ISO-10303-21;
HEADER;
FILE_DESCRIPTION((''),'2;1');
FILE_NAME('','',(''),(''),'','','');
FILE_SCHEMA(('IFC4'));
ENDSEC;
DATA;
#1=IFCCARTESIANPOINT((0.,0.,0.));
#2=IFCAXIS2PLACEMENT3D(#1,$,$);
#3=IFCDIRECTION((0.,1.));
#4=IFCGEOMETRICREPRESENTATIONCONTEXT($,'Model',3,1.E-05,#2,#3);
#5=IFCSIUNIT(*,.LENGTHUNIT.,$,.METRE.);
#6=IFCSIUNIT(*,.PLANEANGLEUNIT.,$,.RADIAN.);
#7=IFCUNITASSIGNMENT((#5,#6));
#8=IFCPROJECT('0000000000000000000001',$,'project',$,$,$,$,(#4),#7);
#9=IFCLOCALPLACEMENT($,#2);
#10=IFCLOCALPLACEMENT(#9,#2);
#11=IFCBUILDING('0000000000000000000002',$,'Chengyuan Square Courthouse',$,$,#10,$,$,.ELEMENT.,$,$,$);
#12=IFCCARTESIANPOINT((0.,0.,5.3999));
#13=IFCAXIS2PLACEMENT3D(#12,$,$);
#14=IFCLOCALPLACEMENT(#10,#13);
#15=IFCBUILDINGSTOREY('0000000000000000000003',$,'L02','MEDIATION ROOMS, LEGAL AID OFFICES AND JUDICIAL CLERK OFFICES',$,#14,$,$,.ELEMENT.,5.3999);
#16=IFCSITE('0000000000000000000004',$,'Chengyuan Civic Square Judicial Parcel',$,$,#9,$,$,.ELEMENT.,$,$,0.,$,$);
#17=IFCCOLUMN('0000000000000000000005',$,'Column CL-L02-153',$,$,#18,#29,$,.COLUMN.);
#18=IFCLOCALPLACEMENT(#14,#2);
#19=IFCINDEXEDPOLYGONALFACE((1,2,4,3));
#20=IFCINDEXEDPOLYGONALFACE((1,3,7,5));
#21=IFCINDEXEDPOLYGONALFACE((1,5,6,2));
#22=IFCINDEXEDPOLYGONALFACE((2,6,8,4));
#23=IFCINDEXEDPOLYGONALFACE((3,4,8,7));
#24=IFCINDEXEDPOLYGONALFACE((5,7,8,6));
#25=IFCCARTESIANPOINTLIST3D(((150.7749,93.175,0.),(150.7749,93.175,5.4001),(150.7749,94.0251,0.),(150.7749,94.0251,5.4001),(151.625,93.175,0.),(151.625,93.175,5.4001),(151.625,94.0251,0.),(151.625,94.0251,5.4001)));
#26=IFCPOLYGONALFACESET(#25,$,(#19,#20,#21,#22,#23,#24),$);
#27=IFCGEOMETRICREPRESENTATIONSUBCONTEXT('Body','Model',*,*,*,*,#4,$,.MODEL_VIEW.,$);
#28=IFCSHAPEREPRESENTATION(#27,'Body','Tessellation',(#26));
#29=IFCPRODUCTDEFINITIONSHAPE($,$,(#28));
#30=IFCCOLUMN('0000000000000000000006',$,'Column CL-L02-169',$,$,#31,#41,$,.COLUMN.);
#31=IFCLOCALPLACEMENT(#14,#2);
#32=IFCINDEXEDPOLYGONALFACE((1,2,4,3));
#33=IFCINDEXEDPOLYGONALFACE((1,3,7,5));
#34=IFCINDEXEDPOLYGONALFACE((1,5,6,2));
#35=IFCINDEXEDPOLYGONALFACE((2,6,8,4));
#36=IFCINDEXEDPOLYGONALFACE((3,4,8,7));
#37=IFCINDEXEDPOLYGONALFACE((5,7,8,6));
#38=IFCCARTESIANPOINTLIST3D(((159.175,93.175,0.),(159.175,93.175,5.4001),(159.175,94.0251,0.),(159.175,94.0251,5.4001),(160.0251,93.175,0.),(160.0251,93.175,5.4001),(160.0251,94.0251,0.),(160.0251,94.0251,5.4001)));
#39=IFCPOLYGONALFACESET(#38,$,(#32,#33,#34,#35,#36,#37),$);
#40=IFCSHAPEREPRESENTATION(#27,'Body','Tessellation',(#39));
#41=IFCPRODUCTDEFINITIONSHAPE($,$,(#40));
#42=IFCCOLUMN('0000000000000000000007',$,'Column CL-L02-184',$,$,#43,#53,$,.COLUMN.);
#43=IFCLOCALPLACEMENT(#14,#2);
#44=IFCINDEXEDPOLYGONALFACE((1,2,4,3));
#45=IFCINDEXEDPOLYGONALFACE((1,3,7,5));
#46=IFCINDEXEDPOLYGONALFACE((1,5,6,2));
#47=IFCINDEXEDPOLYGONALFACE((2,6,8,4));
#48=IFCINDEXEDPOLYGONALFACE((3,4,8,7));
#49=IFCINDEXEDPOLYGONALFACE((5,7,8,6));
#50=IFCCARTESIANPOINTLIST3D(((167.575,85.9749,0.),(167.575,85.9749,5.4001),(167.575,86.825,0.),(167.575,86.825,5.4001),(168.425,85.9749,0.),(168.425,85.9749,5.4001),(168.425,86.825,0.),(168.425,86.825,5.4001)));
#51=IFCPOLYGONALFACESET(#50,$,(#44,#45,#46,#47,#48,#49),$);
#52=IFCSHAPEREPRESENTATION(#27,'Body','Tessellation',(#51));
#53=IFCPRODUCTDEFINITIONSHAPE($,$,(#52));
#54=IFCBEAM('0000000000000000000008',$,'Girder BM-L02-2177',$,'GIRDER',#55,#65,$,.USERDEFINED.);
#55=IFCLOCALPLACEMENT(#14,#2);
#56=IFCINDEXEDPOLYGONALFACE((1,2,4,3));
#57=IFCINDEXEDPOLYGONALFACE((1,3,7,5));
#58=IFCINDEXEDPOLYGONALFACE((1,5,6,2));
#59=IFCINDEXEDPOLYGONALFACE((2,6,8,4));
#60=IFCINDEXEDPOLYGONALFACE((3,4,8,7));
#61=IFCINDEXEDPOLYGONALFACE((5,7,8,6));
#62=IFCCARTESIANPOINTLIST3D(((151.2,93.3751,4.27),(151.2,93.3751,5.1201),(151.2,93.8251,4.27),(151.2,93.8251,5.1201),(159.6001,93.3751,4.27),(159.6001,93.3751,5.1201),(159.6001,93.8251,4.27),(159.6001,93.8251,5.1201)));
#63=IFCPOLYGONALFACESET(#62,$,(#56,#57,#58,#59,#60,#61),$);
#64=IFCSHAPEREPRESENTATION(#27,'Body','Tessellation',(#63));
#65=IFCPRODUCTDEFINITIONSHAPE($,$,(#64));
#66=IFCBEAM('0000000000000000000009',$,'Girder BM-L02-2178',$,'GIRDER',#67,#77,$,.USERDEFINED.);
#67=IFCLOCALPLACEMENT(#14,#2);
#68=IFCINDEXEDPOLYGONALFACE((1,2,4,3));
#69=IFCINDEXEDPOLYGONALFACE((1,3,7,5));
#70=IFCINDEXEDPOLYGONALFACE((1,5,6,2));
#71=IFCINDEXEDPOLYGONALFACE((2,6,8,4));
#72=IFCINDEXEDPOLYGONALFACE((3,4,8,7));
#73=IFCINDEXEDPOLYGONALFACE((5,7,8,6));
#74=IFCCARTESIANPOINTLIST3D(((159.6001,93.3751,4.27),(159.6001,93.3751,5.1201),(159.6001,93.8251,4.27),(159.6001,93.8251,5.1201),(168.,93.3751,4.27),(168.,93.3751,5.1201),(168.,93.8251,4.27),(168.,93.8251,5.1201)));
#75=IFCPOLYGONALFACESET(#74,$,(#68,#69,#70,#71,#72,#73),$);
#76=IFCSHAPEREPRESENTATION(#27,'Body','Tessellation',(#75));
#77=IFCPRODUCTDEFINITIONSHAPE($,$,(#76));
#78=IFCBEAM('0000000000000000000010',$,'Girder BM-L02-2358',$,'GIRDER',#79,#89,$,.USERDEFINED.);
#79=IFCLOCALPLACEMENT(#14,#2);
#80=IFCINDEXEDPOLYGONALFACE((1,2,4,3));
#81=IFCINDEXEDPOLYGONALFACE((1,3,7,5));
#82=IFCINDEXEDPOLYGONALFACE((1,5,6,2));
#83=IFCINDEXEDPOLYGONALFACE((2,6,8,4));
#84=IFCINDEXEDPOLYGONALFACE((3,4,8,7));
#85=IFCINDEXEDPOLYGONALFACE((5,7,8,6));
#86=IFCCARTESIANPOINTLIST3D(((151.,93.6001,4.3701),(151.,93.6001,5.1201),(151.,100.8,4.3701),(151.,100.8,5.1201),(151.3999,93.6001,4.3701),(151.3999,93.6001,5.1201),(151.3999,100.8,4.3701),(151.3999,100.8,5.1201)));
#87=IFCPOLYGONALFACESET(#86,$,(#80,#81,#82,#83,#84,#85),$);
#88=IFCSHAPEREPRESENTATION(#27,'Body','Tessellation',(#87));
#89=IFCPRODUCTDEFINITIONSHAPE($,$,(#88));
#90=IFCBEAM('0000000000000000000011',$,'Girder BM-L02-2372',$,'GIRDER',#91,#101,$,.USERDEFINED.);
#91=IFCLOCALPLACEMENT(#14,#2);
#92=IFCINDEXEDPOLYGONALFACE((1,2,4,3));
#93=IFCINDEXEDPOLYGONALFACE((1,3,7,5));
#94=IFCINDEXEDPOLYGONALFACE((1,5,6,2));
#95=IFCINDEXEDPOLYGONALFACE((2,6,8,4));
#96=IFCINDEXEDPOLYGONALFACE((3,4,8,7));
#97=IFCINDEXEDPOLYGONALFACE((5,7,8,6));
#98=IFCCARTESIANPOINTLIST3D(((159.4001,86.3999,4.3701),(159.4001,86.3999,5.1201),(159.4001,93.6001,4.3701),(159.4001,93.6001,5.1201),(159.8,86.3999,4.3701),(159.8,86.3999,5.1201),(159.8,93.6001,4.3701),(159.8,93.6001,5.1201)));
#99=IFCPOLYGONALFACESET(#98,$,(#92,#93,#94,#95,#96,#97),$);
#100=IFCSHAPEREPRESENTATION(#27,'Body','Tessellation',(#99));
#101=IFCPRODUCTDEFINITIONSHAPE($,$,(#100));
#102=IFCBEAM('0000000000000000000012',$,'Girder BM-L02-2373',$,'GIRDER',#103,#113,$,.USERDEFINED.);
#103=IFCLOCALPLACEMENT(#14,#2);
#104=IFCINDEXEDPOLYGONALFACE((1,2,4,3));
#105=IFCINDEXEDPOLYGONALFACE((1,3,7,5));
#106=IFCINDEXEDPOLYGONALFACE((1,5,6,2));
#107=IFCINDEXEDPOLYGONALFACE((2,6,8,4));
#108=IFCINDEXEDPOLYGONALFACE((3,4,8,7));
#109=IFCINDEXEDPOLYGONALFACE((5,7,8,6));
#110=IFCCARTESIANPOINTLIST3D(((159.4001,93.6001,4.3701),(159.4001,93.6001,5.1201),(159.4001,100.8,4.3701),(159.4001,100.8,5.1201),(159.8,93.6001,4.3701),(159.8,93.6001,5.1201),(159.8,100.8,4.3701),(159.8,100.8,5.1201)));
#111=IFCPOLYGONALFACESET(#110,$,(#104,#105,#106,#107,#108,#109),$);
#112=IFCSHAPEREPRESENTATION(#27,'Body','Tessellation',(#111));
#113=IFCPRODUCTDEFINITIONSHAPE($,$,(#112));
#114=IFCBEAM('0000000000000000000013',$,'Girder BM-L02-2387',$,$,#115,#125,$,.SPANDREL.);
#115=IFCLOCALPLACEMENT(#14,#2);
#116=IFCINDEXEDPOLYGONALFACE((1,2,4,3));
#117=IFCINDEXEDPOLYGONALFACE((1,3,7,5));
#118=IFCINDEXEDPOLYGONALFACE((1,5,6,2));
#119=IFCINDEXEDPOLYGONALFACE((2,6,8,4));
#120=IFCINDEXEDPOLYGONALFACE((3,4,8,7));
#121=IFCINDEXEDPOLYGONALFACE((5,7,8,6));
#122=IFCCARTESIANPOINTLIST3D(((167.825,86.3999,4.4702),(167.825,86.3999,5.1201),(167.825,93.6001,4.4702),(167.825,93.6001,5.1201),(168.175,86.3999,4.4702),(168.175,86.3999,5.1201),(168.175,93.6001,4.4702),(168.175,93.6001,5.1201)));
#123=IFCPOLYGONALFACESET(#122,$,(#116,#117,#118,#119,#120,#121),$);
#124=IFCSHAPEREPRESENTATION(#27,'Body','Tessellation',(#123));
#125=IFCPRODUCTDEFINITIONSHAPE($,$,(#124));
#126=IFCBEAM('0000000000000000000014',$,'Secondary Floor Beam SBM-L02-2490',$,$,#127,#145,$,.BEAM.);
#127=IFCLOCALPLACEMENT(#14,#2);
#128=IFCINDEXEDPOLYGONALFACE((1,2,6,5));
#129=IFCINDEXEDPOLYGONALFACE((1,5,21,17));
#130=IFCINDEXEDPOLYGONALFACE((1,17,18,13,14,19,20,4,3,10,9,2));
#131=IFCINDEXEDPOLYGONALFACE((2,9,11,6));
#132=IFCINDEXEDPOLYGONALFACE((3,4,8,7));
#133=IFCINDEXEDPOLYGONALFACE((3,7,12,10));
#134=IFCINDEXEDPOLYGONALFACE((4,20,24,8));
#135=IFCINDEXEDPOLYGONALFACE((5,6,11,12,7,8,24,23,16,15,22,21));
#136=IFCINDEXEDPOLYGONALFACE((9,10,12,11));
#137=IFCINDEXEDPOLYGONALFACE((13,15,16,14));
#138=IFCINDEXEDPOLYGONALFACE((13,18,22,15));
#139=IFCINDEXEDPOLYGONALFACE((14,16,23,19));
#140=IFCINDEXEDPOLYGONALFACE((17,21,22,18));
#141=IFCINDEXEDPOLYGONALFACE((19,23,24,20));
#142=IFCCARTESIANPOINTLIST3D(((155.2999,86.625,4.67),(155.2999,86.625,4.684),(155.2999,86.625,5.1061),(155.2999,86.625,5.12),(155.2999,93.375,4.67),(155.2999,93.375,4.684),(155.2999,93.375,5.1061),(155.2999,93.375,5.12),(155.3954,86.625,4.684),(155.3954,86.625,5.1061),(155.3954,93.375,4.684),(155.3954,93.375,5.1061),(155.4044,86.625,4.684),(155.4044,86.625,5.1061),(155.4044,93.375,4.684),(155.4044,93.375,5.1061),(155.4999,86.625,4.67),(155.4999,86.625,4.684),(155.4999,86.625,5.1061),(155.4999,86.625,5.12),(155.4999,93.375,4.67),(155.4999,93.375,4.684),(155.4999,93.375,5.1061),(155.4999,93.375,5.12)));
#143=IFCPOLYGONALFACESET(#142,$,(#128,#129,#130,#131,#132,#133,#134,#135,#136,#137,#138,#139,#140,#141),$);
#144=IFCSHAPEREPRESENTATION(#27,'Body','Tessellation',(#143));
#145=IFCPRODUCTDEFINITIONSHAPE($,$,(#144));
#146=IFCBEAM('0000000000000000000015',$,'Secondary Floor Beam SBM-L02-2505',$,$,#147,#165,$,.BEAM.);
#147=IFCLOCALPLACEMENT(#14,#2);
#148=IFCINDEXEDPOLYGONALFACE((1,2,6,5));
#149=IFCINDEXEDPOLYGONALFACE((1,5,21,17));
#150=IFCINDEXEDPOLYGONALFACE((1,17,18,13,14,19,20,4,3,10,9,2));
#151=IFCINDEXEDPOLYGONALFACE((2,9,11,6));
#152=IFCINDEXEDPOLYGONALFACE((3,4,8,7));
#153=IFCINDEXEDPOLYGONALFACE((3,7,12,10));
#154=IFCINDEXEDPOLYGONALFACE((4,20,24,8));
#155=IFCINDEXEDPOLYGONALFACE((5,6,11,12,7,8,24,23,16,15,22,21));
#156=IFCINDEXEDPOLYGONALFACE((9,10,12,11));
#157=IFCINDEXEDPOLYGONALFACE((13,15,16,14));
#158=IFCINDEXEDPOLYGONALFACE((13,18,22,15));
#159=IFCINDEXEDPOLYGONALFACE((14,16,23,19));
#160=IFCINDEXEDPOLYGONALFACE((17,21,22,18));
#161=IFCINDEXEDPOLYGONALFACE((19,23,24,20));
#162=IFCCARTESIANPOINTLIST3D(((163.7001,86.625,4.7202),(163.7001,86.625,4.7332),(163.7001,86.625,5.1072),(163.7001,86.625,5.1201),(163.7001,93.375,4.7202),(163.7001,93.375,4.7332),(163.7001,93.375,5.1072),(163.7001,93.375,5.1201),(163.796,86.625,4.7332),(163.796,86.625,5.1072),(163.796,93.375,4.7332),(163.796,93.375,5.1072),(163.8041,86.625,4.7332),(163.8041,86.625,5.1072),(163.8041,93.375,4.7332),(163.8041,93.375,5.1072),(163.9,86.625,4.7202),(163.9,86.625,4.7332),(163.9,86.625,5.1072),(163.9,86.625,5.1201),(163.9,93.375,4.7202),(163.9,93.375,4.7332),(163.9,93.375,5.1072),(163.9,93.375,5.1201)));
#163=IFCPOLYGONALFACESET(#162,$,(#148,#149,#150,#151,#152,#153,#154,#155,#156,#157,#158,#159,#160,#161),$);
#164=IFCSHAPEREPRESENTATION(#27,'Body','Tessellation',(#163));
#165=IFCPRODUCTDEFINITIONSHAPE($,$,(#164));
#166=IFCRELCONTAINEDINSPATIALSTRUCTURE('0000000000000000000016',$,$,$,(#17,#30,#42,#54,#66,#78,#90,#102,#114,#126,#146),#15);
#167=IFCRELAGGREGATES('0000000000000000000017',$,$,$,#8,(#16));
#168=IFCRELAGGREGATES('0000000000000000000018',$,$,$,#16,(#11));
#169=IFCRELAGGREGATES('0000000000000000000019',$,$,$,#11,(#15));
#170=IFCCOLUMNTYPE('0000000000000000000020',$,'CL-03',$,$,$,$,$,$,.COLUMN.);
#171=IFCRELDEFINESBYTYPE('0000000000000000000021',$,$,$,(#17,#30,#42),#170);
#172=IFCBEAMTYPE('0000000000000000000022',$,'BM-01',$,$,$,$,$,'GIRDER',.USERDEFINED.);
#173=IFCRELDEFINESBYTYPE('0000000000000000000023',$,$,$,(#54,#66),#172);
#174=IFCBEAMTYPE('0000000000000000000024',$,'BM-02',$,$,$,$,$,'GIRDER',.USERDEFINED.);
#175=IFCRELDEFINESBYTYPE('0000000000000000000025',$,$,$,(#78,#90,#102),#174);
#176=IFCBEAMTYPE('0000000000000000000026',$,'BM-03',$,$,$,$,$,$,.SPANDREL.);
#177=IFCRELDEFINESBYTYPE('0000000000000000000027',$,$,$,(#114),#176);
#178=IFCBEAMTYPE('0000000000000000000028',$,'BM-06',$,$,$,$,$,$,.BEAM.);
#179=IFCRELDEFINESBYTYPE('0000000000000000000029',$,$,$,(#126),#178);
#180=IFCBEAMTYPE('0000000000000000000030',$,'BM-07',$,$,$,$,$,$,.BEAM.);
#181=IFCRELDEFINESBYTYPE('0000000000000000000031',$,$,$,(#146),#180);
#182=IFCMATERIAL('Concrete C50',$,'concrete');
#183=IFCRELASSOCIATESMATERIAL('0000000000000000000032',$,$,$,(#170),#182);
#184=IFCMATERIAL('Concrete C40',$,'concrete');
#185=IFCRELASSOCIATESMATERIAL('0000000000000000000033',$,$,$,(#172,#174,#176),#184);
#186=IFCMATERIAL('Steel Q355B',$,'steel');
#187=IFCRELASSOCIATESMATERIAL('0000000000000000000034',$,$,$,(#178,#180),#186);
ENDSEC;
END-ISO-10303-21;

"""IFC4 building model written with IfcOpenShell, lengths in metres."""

from ifc_helpers import new_model, si_unit, direction, frame, origin, origin_2d, place, context, subcontext, project, spatial, rectangle, i_section, extrude, material, material_profile, profile_set, type_object, element, save


model = new_model("IFC4")

# Units and contexts
model_context = context("Model", 3, precision=1e-05, world=origin(), true_north=direction((0.0, 1.0)))
body_context = subcontext(model_context, "Body", "Model", "MODEL_VIEW")
ifc_project = project(units=[si_unit("LENGTHUNIT", "METRE"), si_unit("PLANEANGLEUNIT", "RADIAN")], contexts=[model_context])

# Site, building, storey
site_placement = place(None, origin())
site = spatial("IfcSite", under=ifc_project, at=site_placement, Name="Chengyuan Civic Square Judicial Parcel", CompositionType="ELEMENT", RefElevation=0.0)
building_placement = place(site_placement, origin())
building = spatial("IfcBuilding", under=site, at=building_placement, Name="Chengyuan Square Courthouse", CompositionType="ELEMENT")
storey_placement = place(building_placement, frame((0.0, 0.0, 5.3999)))
storey = spatial("IfcBuildingStorey", under=building, at=storey_placement, Name="L02", Description="MEDIATION ROOMS, LEGAL AID OFFICES AND JUDICIAL CLERK OFFICES", CompositionType="ELEMENT", Elevation=5.3999)

# Columns
ifc_material_1 = material(Name="Concrete C50", Category="concrete")
ifc_material_profile_1 = material_profile(ifc_material_1, rectangle(XDim=0.8501, YDim=0.8501, at=origin_2d()), Name="RC-COL-850x850")
ifc_profile_set_1 = profile_set([ifc_material_profile_1], Name="Concrete C50")
column_type = type_object("IfcColumnType", Name="CL-03", PredefinedType="COLUMN", material=ifc_profile_set_1)
for number, where, z_axis, x_axis, name in (
    (1, (151.2, 93.6001, 0.0), (0.0, 0.0, 1.0), (1.0, 0.0, 0.0), "Column CL-L02-153"),
    (2, (159.6001, 93.6001, 0.0), (0.0, 0.0, 1.0), (1.0, 0.0, 0.0), "Column CL-L02-169"),
    (3, (168.0, 86.3999, 0.0), (0.0, 0.0, 1.0), (1.0, 0.0, 0.0), "Column CL-L02-184"),
):
    element("IfcColumn", number, at=place(storey_placement, frame(where, z_axis=z_axis, x_axis=x_axis)), inside=storey, type_object=column_type, Name=name, PredefinedType="COLUMN", context=body_context, shape_type="SweptSolid", body=[
        extrude(rectangle(XDim=0.8501, YDim=0.8501, at=origin_2d()), origin(), (0.0, 0.0, 1.0), 5.4001),
    ])

# Beams
ifc_material_2 = material(Name="Concrete C40", Category="concrete")
ifc_material_profile_2 = material_profile(ifc_material_2, rectangle(XDim=0.45, YDim=0.8501, at=origin_2d()), Name="RC-BM-450x850")
ifc_profile_set_2 = profile_set([ifc_material_profile_2], Name="Concrete C40")
beam_type_1 = type_object("IfcBeamType", Name="BM-01", ElementType="GIRDER", PredefinedType="USERDEFINED", material=ifc_profile_set_2)
beam_1_placement = place(storey_placement, frame((151.2, 93.6001, 4.6951), z_axis=(1.0, 0.0, 0.0), x_axis=(0.0, 1.0, 0.0)))
element("IfcBeam", 4, at=beam_1_placement, inside=storey, type_object=beam_type_1, Name="Girder BM-L02-2177", ObjectType="GIRDER", PredefinedType="USERDEFINED", context=body_context, shape_type="SweptSolid", body=[
    extrude(rectangle(XDim=0.45, YDim=0.8501, at=origin_2d()), origin(), (0.0, 0.0, 1.0), 8.4001),
])
beam_2_placement = place(storey_placement, frame((159.6001, 93.6001, 4.6951), z_axis=(1.0, 0.0, 0.0), x_axis=(0.0, 1.0, 0.0)))
element("IfcBeam", 5, at=beam_2_placement, inside=storey, type_object=beam_type_1, Name="Girder BM-L02-2178", ObjectType="GIRDER", PredefinedType="USERDEFINED", context=body_context, shape_type="SweptSolid", body=[
    extrude(rectangle(XDim=0.45, YDim=0.8501, at=origin_2d()), origin(), (0.0, 0.0, 1.0), 8.3999),
])
ifc_material_profile_3 = material_profile(ifc_material_2, rectangle(XDim=0.3999, YDim=0.75, at=origin_2d()), Name="RC-BM-400x750")
ifc_profile_set_3 = profile_set([ifc_material_profile_3], Name="Concrete C40")
beam_type_2 = type_object("IfcBeamType", Name="BM-02", ElementType="GIRDER", PredefinedType="USERDEFINED", material=ifc_profile_set_3)
beam_3_placement = place(storey_placement, frame((151.2, 93.6001, 4.7451), z_axis=(0.0, 1.0, 0.0), x_axis=(-1.0, 0.0, 0.0)))
element("IfcBeam", 6, at=beam_3_placement, inside=storey, type_object=beam_type_2, Name="Girder BM-L02-2358", ObjectType="GIRDER", PredefinedType="USERDEFINED", context=body_context, shape_type="SweptSolid", body=[
    extrude(rectangle(XDim=0.3999, YDim=0.75, at=origin_2d()), origin(), (0.0, 0.0, 1.0), 7.2),
])
beam_4_placement = place(storey_placement, frame((159.6001, 86.3999, 4.7451), z_axis=(0.0, 1.0, 0.0), x_axis=(-1.0, 0.0, 0.0)))
element("IfcBeam", 7, at=beam_4_placement, inside=storey, type_object=beam_type_2, Name="Girder BM-L02-2372", ObjectType="GIRDER", PredefinedType="USERDEFINED", context=body_context, shape_type="SweptSolid", body=[
    extrude(rectangle(XDim=0.3999, YDim=0.75, at=origin_2d()), origin(), (0.0, 0.0, 1.0), 7.2002),
])
beam_5_placement = place(storey_placement, frame((159.6001, 93.6001, 4.7451), z_axis=(0.0, 1.0, 0.0), x_axis=(-1.0, 0.0, 0.0)))
element("IfcBeam", 8, at=beam_5_placement, inside=storey, type_object=beam_type_2, Name="Girder BM-L02-2373", ObjectType="GIRDER", PredefinedType="USERDEFINED", context=body_context, shape_type="SweptSolid", body=[
    extrude(rectangle(XDim=0.3999, YDim=0.75, at=origin_2d()), origin(), (0.0, 0.0, 1.0), 7.2),
])
ifc_material_profile_4 = material_profile(ifc_material_2, rectangle(XDim=0.3501, YDim=0.6499, at=origin_2d()), Name="RC-BM-350x650")
ifc_profile_set_4 = profile_set([ifc_material_profile_4], Name="Concrete C40")
beam_type_3 = type_object("IfcBeamType", Name="BM-03", PredefinedType="SPANDREL", material=ifc_profile_set_4)
beam_6_placement = place(storey_placement, frame((168.0, 86.3999, 4.7952), z_axis=(0.0, 1.0, 0.0), x_axis=(-1.0, 0.0, 0.0)))
element("IfcBeam", 9, at=beam_6_placement, inside=storey, type_object=beam_type_3, Name="Girder BM-L02-2387", PredefinedType="SPANDREL", context=body_context, shape_type="SweptSolid", body=[
    extrude(rectangle(XDim=0.3501, YDim=0.6499, at=origin_2d()), origin(), (0.0, 0.0, 1.0), 7.2002),
])
ifc_material_3 = material(Name="Steel Q355B", Category="steel")
ifc_material_profile_5 = material_profile(ifc_material_3, i_section(OverallWidth=0.2, OverallDepth=0.45, WebThickness=0.009, FlangeThickness=0.0139, at=origin_2d()), Name="HN 450x200x9x14")
ifc_profile_set_5 = profile_set([ifc_material_profile_5], Name="Steel Q355B")
beam_type_4 = type_object("IfcBeamType", Name="BM-06", PredefinedType="BEAM", material=ifc_profile_set_5)
beam_7_placement = place(storey_placement, frame((155.3999, 86.625, 4.895), z_axis=(0.0, 1.0, 0.0), x_axis=(-1.0, 0.0, 0.0)))
element("IfcBeam", 10, at=beam_7_placement, inside=storey, type_object=beam_type_4, Name="Secondary Floor Beam SBM-L02-2490", PredefinedType="BEAM", context=body_context, shape_type="SweptSolid", body=[
    extrude(i_section(OverallWidth=0.2, OverallDepth=0.45, WebThickness=0.009, FlangeThickness=0.0139, at=origin_2d()), origin(), (0.0, 0.0, 1.0), 6.75),
])
ifc_material_profile_6 = material_profile(ifc_material_3, i_section(OverallWidth=0.2, OverallDepth=0.3999, WebThickness=0.0081, FlangeThickness=0.0129, at=origin_2d()), Name="HN 400x200x8x13")
ifc_profile_set_6 = profile_set([ifc_material_profile_6], Name="Steel Q355B")
beam_type_5 = type_object("IfcBeamType", Name="BM-07", PredefinedType="BEAM", material=ifc_profile_set_6)
beam_8_placement = place(storey_placement, frame((163.8, 86.625, 4.9202), z_axis=(0.0, 1.0, 0.0), x_axis=(-1.0, 0.0, 0.0)))
element("IfcBeam", 11, at=beam_8_placement, inside=storey, type_object=beam_type_5, Name="Secondary Floor Beam SBM-L02-2505", PredefinedType="BEAM", context=body_context, shape_type="SweptSolid", body=[
    extrude(i_section(OverallWidth=0.2, OverallDepth=0.3999, WebThickness=0.0081, FlangeThickness=0.0129, at=origin_2d()), origin(), (0.0, 0.0, 1.0), 6.75),
])

save(model, "model.ifc")
